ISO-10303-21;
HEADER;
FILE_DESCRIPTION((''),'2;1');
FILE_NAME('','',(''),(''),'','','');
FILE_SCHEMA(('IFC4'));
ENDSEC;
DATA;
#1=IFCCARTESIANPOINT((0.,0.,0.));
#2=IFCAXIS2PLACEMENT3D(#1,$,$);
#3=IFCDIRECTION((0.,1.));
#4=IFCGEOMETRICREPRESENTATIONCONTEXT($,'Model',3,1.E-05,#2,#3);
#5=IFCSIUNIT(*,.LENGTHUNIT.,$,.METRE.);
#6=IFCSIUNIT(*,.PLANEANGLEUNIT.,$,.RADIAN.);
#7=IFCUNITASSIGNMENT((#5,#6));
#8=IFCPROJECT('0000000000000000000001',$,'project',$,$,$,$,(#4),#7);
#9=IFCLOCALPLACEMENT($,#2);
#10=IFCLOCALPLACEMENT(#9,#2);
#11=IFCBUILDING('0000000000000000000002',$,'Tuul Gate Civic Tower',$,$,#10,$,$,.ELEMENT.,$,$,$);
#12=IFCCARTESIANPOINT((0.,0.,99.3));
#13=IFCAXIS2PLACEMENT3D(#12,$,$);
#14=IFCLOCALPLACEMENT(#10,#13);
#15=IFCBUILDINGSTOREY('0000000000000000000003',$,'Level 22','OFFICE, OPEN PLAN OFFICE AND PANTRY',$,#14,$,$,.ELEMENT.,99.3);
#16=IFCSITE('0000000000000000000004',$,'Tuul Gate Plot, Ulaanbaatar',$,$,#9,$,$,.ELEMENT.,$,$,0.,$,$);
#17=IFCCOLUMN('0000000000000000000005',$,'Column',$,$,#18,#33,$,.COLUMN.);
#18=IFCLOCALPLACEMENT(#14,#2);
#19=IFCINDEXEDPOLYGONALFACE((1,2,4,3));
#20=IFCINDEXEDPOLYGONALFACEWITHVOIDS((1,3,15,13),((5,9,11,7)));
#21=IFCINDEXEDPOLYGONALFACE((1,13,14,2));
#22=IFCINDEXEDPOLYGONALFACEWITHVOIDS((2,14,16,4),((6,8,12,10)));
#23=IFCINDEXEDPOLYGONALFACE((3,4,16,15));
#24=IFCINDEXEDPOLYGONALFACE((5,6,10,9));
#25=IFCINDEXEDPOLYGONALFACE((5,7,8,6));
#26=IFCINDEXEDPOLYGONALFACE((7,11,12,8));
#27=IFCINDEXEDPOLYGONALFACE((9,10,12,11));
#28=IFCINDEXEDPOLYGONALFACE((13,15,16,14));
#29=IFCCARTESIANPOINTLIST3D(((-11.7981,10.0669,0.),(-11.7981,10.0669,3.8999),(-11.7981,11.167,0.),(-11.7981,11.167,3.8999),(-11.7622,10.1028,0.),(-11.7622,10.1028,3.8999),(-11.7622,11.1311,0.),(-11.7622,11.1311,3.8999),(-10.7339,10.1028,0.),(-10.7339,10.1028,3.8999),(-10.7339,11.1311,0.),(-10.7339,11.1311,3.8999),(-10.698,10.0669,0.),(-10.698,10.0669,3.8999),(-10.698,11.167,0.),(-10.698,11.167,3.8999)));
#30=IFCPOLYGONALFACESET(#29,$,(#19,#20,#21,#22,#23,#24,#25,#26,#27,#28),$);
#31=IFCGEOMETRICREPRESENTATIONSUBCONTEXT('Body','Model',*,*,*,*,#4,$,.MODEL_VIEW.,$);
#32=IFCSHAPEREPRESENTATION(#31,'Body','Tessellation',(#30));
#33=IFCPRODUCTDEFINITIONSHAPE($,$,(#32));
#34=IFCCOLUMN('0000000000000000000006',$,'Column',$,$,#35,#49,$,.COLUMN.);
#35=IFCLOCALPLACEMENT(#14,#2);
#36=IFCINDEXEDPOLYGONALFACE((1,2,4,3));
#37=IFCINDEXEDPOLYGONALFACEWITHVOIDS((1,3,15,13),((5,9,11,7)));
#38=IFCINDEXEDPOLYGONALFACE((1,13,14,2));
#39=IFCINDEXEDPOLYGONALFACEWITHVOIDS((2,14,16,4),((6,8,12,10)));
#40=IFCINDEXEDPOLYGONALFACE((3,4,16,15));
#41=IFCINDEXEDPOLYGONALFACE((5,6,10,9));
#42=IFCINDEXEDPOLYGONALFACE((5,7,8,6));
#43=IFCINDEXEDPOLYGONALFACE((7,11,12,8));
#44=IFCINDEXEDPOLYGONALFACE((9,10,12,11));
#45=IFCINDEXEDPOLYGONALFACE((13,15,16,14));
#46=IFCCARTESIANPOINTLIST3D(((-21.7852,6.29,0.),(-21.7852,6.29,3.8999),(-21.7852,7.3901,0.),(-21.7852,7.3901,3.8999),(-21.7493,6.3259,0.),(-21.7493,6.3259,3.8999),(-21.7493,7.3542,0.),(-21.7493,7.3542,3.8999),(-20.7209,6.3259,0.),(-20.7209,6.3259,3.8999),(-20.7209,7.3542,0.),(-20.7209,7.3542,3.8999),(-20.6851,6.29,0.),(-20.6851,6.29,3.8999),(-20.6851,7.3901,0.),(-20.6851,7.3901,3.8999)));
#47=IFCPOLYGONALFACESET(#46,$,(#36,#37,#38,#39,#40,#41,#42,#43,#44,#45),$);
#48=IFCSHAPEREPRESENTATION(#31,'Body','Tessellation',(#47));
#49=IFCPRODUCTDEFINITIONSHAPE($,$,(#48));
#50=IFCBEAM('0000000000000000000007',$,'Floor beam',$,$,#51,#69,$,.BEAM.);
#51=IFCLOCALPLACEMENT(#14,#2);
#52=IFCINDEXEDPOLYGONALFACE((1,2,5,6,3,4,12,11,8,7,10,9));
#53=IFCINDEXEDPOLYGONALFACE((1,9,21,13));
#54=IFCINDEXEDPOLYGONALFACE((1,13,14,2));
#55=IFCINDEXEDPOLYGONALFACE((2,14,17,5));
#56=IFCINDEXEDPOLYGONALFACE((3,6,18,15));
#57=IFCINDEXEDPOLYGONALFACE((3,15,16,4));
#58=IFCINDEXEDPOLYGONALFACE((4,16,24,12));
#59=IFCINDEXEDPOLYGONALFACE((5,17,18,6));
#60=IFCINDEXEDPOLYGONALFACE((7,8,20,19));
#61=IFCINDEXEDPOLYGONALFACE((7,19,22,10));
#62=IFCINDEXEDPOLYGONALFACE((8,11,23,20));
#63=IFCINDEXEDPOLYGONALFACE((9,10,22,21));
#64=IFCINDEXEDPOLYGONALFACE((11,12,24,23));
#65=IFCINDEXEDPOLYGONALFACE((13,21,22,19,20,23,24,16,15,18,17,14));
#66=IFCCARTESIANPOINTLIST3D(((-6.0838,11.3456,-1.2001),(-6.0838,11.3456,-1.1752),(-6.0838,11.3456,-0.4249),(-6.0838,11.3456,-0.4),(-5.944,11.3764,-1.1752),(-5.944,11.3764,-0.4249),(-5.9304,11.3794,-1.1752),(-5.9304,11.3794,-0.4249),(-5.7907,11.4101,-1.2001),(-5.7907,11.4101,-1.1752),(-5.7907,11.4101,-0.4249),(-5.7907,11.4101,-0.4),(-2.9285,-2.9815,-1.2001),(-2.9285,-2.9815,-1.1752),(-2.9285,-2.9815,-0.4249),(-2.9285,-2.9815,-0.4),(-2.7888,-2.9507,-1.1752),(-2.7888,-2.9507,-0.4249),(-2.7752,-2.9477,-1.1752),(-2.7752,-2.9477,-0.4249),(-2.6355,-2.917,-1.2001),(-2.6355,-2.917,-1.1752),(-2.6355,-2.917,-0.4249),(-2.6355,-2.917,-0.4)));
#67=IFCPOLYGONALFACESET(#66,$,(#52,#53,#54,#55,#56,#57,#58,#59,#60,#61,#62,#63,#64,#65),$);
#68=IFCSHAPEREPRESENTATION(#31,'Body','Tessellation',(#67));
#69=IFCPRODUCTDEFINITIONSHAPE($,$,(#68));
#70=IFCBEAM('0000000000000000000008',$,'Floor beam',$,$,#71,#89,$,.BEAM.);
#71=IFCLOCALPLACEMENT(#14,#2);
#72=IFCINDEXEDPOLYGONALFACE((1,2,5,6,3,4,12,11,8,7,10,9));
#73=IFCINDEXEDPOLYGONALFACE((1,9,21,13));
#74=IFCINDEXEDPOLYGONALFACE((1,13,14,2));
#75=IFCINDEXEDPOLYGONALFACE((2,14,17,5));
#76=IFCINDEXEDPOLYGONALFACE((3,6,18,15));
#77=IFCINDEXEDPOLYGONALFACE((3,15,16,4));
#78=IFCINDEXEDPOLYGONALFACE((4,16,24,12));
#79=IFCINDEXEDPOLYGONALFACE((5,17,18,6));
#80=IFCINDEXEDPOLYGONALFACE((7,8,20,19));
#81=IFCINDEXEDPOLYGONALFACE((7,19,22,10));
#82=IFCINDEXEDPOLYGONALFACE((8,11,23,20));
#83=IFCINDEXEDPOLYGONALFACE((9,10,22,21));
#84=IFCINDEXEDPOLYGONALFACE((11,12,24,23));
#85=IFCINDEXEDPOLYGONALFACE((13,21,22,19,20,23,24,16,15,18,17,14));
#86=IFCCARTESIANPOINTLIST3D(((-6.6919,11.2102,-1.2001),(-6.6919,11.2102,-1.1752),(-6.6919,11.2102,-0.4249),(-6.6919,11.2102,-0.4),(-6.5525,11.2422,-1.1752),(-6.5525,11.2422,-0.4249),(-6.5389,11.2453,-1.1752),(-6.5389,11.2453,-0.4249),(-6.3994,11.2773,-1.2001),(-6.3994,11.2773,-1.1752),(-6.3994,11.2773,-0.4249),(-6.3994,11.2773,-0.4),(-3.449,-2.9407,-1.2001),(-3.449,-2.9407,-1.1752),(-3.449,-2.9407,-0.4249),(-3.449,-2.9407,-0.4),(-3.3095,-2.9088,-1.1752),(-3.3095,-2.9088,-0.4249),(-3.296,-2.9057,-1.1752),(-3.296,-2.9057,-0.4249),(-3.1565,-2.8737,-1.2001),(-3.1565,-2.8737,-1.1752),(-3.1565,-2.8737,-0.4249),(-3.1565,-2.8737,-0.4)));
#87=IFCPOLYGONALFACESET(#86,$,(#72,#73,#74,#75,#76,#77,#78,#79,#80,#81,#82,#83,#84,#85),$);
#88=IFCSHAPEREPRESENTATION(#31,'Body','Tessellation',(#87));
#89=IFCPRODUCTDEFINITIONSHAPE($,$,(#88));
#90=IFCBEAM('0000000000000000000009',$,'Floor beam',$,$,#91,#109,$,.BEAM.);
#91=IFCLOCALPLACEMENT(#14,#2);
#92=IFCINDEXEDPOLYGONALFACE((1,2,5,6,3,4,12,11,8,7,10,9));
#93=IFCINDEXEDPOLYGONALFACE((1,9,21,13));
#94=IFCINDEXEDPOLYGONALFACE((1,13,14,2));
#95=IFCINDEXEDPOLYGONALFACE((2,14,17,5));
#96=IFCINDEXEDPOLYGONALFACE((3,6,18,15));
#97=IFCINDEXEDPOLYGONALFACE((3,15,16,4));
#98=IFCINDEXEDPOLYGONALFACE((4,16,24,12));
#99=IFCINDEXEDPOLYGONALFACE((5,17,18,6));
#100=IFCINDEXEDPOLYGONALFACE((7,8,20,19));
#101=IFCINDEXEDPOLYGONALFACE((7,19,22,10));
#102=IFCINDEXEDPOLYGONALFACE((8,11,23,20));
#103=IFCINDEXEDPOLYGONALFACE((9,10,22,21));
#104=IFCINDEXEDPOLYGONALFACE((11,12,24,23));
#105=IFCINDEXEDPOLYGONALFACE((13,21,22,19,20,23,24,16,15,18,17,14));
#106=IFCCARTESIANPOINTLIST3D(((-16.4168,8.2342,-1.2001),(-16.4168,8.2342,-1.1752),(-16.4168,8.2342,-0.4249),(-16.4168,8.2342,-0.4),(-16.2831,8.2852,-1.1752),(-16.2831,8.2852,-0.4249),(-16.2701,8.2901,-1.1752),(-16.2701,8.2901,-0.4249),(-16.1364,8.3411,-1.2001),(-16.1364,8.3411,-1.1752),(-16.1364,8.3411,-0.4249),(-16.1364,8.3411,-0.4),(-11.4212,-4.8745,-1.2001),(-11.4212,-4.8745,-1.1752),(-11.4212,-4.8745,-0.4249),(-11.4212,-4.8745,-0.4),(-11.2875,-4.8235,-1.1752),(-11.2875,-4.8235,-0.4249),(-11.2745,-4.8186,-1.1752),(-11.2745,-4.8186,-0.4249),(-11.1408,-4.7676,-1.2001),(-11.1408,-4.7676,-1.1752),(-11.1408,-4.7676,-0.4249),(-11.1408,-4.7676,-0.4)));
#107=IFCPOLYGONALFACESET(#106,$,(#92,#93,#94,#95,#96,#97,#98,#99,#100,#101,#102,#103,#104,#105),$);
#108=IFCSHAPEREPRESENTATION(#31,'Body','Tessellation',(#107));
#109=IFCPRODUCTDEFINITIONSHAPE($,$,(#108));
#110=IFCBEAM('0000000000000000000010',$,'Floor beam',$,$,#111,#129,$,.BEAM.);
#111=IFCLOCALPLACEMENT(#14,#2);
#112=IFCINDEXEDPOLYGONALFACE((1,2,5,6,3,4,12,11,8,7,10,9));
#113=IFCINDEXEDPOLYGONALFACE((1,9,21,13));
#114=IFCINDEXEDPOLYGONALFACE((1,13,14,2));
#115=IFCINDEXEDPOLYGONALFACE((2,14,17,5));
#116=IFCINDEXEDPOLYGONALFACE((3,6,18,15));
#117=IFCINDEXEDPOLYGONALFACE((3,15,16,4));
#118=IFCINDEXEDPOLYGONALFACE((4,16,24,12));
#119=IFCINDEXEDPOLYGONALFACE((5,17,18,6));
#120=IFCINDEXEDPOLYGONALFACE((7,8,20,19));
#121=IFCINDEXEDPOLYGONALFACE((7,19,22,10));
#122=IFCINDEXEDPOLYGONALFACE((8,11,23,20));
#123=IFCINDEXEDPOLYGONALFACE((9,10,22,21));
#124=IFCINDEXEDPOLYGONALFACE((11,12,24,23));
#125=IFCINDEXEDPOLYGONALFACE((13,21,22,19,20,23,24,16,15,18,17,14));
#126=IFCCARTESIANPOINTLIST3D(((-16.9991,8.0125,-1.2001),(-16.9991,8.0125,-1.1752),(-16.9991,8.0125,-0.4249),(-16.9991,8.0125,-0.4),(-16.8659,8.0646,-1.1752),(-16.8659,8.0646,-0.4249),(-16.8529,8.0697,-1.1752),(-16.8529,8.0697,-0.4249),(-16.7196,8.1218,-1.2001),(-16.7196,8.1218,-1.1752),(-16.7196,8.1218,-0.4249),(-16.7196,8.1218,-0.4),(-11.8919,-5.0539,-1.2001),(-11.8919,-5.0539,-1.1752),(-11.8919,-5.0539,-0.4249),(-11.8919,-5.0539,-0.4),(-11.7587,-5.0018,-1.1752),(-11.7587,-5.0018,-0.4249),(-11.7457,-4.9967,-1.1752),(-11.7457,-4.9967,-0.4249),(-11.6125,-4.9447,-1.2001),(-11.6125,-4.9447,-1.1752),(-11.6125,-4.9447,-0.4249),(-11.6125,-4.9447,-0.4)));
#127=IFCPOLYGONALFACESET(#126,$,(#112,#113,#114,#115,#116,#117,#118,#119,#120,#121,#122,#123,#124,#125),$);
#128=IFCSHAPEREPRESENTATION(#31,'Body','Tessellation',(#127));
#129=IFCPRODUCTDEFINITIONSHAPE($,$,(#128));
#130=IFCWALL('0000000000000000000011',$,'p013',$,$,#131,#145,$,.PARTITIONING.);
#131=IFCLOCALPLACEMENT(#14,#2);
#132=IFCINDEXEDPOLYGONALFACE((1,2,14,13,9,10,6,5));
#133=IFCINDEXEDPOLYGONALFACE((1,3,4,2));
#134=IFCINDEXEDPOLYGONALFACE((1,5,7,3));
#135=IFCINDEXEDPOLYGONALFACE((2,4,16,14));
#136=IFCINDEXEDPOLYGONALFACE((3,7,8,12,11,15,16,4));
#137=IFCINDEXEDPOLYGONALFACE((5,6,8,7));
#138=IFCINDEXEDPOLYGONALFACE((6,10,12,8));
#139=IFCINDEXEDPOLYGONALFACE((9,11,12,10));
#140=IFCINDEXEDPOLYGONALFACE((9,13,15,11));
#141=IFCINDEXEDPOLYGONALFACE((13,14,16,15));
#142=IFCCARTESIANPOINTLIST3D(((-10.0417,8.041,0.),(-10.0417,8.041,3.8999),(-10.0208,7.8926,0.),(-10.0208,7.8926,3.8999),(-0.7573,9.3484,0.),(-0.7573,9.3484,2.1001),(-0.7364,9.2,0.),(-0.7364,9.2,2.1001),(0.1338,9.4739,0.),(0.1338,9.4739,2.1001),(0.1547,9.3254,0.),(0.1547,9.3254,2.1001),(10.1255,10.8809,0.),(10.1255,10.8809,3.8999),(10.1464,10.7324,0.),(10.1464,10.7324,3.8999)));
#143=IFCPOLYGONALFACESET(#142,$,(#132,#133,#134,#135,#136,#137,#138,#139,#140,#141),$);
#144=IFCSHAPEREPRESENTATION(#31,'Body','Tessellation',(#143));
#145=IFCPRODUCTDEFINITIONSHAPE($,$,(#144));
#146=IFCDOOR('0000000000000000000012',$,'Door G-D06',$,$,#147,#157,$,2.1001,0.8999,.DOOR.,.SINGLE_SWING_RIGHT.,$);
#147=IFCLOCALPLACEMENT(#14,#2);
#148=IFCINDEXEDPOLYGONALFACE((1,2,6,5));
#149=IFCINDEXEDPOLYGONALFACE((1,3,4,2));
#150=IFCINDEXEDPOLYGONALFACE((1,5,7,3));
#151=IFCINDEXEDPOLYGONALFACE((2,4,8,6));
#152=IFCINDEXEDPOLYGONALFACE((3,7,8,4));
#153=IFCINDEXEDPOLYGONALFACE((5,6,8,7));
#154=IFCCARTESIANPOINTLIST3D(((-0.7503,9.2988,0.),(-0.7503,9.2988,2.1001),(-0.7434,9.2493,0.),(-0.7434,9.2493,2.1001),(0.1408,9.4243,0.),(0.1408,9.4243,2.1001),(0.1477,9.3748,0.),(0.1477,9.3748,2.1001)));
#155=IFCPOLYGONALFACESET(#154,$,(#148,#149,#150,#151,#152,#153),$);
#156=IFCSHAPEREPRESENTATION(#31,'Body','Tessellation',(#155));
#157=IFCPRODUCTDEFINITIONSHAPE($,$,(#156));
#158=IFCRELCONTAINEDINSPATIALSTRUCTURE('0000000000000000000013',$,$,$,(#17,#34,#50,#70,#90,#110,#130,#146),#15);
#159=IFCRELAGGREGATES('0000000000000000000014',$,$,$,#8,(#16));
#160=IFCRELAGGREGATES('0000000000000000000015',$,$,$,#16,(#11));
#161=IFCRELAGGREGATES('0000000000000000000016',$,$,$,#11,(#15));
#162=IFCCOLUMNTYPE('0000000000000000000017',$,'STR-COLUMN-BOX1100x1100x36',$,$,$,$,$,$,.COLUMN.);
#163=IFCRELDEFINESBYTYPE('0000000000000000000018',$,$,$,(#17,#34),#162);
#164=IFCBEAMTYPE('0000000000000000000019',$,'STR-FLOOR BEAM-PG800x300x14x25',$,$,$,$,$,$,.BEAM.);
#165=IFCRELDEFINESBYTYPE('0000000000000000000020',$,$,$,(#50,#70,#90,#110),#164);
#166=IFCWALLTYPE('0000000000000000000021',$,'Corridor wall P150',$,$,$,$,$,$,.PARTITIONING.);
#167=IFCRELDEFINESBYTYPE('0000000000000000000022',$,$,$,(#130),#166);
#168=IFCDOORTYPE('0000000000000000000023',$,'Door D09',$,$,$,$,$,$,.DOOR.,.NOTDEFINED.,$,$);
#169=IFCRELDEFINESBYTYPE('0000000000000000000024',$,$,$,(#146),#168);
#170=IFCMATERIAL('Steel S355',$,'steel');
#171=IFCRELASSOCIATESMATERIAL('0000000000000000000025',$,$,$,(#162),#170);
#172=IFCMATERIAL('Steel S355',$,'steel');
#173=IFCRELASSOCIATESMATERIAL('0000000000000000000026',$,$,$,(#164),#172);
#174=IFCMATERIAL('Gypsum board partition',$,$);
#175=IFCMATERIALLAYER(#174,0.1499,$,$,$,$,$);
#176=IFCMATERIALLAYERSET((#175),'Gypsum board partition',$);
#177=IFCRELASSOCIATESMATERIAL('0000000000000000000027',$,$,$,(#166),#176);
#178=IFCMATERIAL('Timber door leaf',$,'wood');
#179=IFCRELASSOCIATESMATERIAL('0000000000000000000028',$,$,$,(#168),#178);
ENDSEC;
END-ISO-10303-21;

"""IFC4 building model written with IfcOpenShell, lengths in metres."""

from ifc_helpers import new_model, si_unit, direction, frame, frame_2d, origin, origin_2d, place, context, subcontext, project, spatial, rectangle, hollow_rectangle, i_section, extrude, material, layer, layer_set, material_profile, profile_set, type_object, element, fill, save


model = new_model("IFC4")

# Units and contexts
model_context = context("Model", 3, precision=1e-05, world=origin(), true_north=direction((0.0, 1.0)))
body_context = subcontext(model_context, "Body", "Model", "MODEL_VIEW")
ifc_project = project(units=[si_unit("LENGTHUNIT", "METRE"), si_unit("PLANEANGLEUNIT", "RADIAN")], contexts=[model_context])

# Site, building, storey
site_placement = place(None, origin())
site = spatial("IfcSite", under=ifc_project, at=site_placement, Name="Tuul Gate Plot, Ulaanbaatar", CompositionType="ELEMENT", RefElevation=0.0)
building_placement = place(site_placement, origin())
building = spatial("IfcBuilding", under=site, at=building_placement, Name="Tuul Gate Civic Tower", CompositionType="ELEMENT")
storey_placement = place(building_placement, frame((0.0, 0.0, 99.3)))
storey = spatial("IfcBuildingStorey", under=building, at=storey_placement, Name="Level 22", Description="OFFICE, OPEN PLAN OFFICE AND PANTRY", CompositionType="ELEMENT", Elevation=99.3)

# Columns
ifc_material_1 = material(Name="Steel S355", Category="steel")
ifc_material_profile_1 = material_profile(ifc_material_1, hollow_rectangle(XDim=1.1001, YDim=1.1001, WallThickness=0.0359, at=origin_2d()), Name="BOX1100x1100x36")
ifc_profile_set_1 = profile_set([ifc_material_profile_1], Name="Steel S355")
column_type = type_object("IfcColumnType", Name="STR-COLUMN-BOX1100x1100x36", PredefinedType="COLUMN", material=ifc_profile_set_1)
for number, where, z_axis, x_axis, name in (
    (1, (-11.248, 10.6169, 0.0), (0.0, 0.0, 1.0), (1.0, 0.0, 0.0), "Column"),
    (2, (-21.2351, 6.8401, 0.0), (0.0, 0.0, 1.0), (1.0, 0.0, 0.0), "Column"),
):
    element("IfcColumn", number, at=place(storey_placement, frame(where, z_axis=z_axis, x_axis=x_axis)), inside=storey, type_object=column_type, Name=name, PredefinedType="COLUMN", context=body_context, shape_type="SweptSolid", body=[
        extrude(hollow_rectangle(XDim=1.1001, YDim=1.1001, WallThickness=0.0359, at=origin_2d()), origin(), (0.0, 0.0, 1.0), 3.8999),
    ])

# Beams
ifc_material_2 = material(Name="Steel S355", Category="steel")
ifc_material_profile_2 = material_profile(ifc_material_2, i_section(OverallWidth=0.3, OverallDepth=0.8, WebThickness=0.0139, FlangeThickness=0.0249, at=origin_2d()), Name="PG800x300x14x25")
ifc_profile_set_2 = profile_set([ifc_material_profile_2], Name="Steel S355")
beam_type = type_object("IfcBeamType", Name="STR-FLOOR BEAM-PG800x300x14x25", PredefinedType="BEAM", material=ifc_profile_set_2)
beam_1_placement = place(storey_placement, frame((-2.782, -2.9492, -0.8), z_axis=(-0.215076, 0.976597, 0.0), x_axis=(-0.976597, -0.215076, 0.0)))
element("IfcBeam", 3, at=beam_1_placement, inside=storey, type_object=beam_type, Name="Floor beam", PredefinedType="BEAM", context=body_context, shape_type="SweptSolid", body=[
    extrude(i_section(OverallWidth=0.3, OverallDepth=0.8, WebThickness=0.0139, FlangeThickness=0.0249, at=origin_2d()), origin(), (0.0, 0.0, 1.0), 14.6704),
])
beam_2_placement = place(storey_placement, frame((-3.3027, -2.9072, -0.8), z_axis=(-0.223377, 0.974732, 0.0), x_axis=(-0.974732, -0.223377, 0.0)))
element("IfcBeam", 4, at=beam_2_placement, inside=storey, type_object=beam_type, Name="Floor beam", PredefinedType="BEAM", context=body_context, shape_type="SweptSolid", body=[
    extrude(i_section(OverallWidth=0.3, OverallDepth=0.8, WebThickness=0.0139, FlangeThickness=0.0249, at=origin_2d()), origin(), (0.0, 0.0, 1.0), 14.5178),
])
beam_3_placement = place(storey_placement, frame((-11.281, -4.821, -0.8), z_axis=(-0.35611, 0.934444, 0.0), x_axis=(-0.934444, -0.35611, 0.0)))
element("IfcBeam", 5, at=beam_3_placement, inside=storey, type_object=beam_type, Name="Floor beam", PredefinedType="BEAM", context=body_context, shape_type="SweptSolid", body=[
    extrude(i_section(OverallWidth=0.3, OverallDepth=0.8, WebThickness=0.0139, FlangeThickness=0.0249, at=origin_2d()), origin(), (0.0, 0.0, 1.0), 14.0283),
])
beam_4_placement = place(storey_placement, frame((-11.7522, -4.9993, -0.8), z_axis=(-0.364043, 0.931382, 0.0), x_axis=(-0.931382, -0.364043, 0.0)))
element("IfcBeam", 6, at=beam_4_placement, inside=storey, type_object=beam_type, Name="Floor beam", PredefinedType="BEAM", context=body_context, shape_type="SweptSolid", body=[
    extrude(i_section(OverallWidth=0.3, OverallDepth=0.8, WebThickness=0.0139, FlangeThickness=0.0249, at=origin_2d()), origin(), (0.0, 0.0, 1.0), 14.0291),
])

# Wall, opening, door
ifc_material_3 = material(Name="Gypsum board partition")
ifc_layer_1 = layer(ifc_material_3, 0.1499)
ifc_layer_set_1 = layer_set([ifc_layer_1], Name="Gypsum board partition")
wall_type_1 = type_object("IfcWallType", Name="Corridor wall P150", PredefinedType="PARTITIONING", material=ifc_layer_set_1)
wall_1_placement = place(storey_placement, frame((-10.0312, 7.9668, 0.0), z_axis=(0.0, 0.0, 1.0), x_axis=(0.990231, 0.139439, 0.0)))
wall_1 = element("IfcWall", 7, at=wall_1_placement, inside=storey, type_object=wall_type_1, Name="p013", PredefinedType="PARTITIONING", context=body_context, shape_type="SweptSolid", body=[
    extrude(rectangle(XDim=20.3662, YDim=0.1499, at=frame_2d((10.1831, 0.0))), origin(), (0.0, 0.0, 1.0), 3.8999),
])
opening_1_placement = place(wall_1_placement, frame((9.376, 0.0, 0.0)))
opening_1 = element("IfcOpeningElement", 8, at=opening_1_placement, cuts=wall_1, PredefinedType="OPENING", context=body_context, shape_type="SweptSolid", body=[
    extrude(rectangle(XDim=0.8999, YDim=2.1001, at=frame_2d((0.45, 1.05))), frame((0.0, 0.085, 0.0), z_axis=(0.0, -1.0, 0.0), x_axis=(1.0, 0.0, 0.0)), (0.0, 0.0, 1.0), 0.1699),
])
ifc_material_4 = material(Name="Timber door leaf", Category="wood")
door_type_1 = type_object("IfcDoorType", Name="Door D09", OperationType="NOTDEFINED", PredefinedType="DOOR", material=ifc_material_4)
door_1_placement = place(opening_1_placement, origin())
door_1 = element("IfcDoor", 9, at=door_1_placement, inside=storey, type_object=door_type_1, Name="Door G-D06", OperationType="SINGLE_SWING_RIGHT", OverallHeight=2.1001, OverallWidth=0.8999, PredefinedType="DOOR", context=body_context, shape_type="SweptSolid", body=[
    extrude(rectangle(XDim=0.8999, YDim=2.1001, at=frame_2d((0.45, 1.05))), frame((0.0, 0.0249, 0.0), z_axis=(0.0, -1.0, 0.0), x_axis=(1.0, 0.0, 0.0)), (0.0, 0.0, 1.0), 0.05),
])
fill(opening_1, door_1)

save(model, "model.ifc")
